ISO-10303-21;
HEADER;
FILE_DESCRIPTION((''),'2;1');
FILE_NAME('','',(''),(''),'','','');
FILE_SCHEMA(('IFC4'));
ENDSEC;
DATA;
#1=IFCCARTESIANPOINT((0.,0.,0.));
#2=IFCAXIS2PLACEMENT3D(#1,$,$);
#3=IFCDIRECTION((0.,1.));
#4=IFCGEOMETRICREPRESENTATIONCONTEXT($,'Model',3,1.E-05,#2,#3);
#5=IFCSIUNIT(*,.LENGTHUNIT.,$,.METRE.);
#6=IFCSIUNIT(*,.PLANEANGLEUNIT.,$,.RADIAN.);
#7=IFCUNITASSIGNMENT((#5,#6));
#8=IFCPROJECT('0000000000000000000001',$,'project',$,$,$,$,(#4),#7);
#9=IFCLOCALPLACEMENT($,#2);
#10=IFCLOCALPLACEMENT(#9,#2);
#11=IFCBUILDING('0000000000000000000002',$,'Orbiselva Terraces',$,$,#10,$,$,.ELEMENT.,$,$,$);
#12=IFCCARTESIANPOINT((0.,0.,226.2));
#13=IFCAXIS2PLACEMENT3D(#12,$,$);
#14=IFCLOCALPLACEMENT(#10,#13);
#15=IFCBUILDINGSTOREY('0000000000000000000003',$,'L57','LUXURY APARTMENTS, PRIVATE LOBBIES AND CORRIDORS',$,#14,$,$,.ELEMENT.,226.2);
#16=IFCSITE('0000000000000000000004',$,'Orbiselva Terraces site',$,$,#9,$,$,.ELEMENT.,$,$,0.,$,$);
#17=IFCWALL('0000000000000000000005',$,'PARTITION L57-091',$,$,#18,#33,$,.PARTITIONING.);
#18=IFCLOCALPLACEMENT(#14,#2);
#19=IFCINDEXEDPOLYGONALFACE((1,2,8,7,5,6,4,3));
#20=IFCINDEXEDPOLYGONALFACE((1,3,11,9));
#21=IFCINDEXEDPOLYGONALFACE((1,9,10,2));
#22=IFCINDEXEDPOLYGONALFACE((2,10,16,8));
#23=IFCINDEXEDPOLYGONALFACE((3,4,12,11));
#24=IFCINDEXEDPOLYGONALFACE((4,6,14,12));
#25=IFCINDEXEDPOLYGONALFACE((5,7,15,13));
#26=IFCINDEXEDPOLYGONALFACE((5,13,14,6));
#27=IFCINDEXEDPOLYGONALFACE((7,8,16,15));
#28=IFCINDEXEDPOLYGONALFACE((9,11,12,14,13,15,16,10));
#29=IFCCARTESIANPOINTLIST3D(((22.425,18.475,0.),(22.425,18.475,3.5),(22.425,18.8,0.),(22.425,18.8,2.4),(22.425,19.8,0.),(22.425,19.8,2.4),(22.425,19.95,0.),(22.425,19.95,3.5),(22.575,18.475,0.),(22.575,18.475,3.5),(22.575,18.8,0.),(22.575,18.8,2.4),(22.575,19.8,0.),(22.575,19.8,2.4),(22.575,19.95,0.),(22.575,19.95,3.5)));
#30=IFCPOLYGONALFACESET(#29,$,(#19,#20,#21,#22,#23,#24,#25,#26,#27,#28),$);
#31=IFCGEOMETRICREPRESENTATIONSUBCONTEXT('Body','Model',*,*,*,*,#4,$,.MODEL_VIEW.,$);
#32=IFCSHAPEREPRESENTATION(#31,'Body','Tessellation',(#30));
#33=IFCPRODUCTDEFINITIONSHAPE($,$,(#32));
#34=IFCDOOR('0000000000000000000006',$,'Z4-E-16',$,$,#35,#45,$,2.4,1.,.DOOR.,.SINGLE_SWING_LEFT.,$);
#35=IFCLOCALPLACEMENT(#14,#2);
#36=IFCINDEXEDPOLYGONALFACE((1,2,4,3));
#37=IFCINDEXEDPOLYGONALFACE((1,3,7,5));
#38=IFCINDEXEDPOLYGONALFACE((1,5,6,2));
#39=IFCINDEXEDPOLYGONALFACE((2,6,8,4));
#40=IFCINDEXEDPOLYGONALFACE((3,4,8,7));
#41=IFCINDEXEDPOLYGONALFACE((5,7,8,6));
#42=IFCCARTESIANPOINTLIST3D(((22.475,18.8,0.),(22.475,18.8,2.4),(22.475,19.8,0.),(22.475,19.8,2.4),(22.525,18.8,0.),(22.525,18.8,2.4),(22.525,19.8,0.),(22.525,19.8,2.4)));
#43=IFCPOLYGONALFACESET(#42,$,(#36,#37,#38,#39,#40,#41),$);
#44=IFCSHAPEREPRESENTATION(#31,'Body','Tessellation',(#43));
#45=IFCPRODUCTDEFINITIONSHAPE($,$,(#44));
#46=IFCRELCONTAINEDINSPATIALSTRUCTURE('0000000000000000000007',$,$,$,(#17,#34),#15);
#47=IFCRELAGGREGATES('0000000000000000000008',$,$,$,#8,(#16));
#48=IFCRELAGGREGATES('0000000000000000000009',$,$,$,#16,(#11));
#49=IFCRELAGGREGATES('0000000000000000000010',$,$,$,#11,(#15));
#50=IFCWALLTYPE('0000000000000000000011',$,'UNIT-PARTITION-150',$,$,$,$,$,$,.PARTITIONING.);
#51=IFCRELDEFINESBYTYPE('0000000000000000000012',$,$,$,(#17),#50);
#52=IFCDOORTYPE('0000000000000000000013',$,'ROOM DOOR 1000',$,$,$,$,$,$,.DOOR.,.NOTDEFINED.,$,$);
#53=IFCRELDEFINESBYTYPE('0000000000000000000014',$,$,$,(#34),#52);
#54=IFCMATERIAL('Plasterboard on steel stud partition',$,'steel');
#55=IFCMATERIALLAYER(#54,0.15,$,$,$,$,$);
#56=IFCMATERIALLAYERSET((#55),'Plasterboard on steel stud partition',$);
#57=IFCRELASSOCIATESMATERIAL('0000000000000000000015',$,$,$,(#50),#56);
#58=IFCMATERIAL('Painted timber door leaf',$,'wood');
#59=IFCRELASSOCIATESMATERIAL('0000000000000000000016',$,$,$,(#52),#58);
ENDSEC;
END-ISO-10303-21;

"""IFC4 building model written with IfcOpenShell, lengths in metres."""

from ifc_helpers import new_model, si_unit, direction, frame, frame_2d, origin, place, context, subcontext, project, spatial, rectangle, extrude, material, layer, layer_set, type_object, element, fill, save


model = new_model("IFC4")

# Units and contexts
model_context = context("Model", 3, precision=1e-05, world=origin(), true_north=direction((0.0, 1.0)))
body_context = subcontext(model_context, "Body", "Model", "MODEL_VIEW")
ifc_project = project(units=[si_unit("LENGTHUNIT", "METRE"), si_unit("PLANEANGLEUNIT", "RADIAN")], contexts=[model_context])

# Site, building, storey
site_placement = place(None, origin())
site = spatial("IfcSite", under=ifc_project, at=site_placement, Name="Orbiselva Terraces site", CompositionType="ELEMENT", RefElevation=0.0)
building_placement = place(site_placement, origin())
building = spatial("IfcBuilding", under=site, at=building_placement, Name="Orbiselva Terraces", CompositionType="ELEMENT")
storey_placement = place(building_placement, frame((0.0, 0.0, 226.2)))
storey = spatial("IfcBuildingStorey", under=building, at=storey_placement, Name="L57", Description="LUXURY APARTMENTS, PRIVATE LOBBIES AND CORRIDORS", CompositionType="ELEMENT", Elevation=226.2)

# Shared definitions
ifc_material_1 = material(Name="Plasterboard on steel stud partition", Category="steel")
ifc_material_2 = material(Name="Painted timber door leaf", Category="wood")

# Shared definitions
ifc_layer_1 = layer(ifc_material_1, 0.15)
ifc_layer_set_1 = layer_set([ifc_layer_1], Name="Plasterboard on steel stud partition")
wall_type_1 = type_object("IfcWallType", Name="UNIT-PARTITION-150", PredefinedType="PARTITIONING", material=ifc_layer_set_1)
door_type_1 = type_object("IfcDoorType", Name="ROOM DOOR 1000", OperationType="NOTDEFINED", PredefinedType="DOOR", material=ifc_material_2)

# Wall, opening, door
wall_1_placement = place(storey_placement, frame((22.5, 19.95, 0.0), z_axis=(0.0, 0.0, 1.0), x_axis=(0.0, -1.0, 0.0)))
wall_1 = element("IfcWall", 1, at=wall_1_placement, inside=storey, type_object=wall_type_1, Name="PARTITION L57-091", PredefinedType="PARTITIONING", context=body_context, shape_type="SweptSolid", body=[
    extrude(rectangle(XDim=1.475, YDim=0.15, at=frame_2d((0.7375, 0.0))), origin(), (0.0, 0.0, 1.0), 3.5),
])
opening_1_placement = place(wall_1_placement, frame((0.15, 0.0, 0.0)))
opening_1 = element("IfcOpeningElement", 2, at=opening_1_placement, cuts=wall_1, PredefinedType="OPENING", context=body_context, shape_type="SweptSolid", body=[
    extrude(rectangle(XDim=1.0, YDim=2.4, at=frame_2d((0.5, 1.2))), frame((0.0, 0.085, 0.0), z_axis=(0.0, -1.0, 0.0), x_axis=(1.0, 0.0, 0.0)), (0.0, 0.0, 1.0), 0.17),
])
door_1_placement = place(opening_1_placement, origin())
door_1 = element("IfcDoor", 3, at=door_1_placement, inside=storey, type_object=door_type_1, Name="Z4-E-16", OperationType="SINGLE_SWING_LEFT", OverallHeight=2.4, OverallWidth=1.0, PredefinedType="DOOR", context=body_context, shape_type="SweptSolid", body=[
    extrude(rectangle(XDim=1.0, YDim=2.4, at=frame_2d((0.5, 1.2))), frame((0.0, 0.025, 0.0), z_axis=(0.0, -1.0, 0.0), x_axis=(1.0, 0.0, 0.0)), (0.0, 0.0, 1.0), 0.05),
])
fill(opening_1, door_1)

save(model, "model.ifc")
